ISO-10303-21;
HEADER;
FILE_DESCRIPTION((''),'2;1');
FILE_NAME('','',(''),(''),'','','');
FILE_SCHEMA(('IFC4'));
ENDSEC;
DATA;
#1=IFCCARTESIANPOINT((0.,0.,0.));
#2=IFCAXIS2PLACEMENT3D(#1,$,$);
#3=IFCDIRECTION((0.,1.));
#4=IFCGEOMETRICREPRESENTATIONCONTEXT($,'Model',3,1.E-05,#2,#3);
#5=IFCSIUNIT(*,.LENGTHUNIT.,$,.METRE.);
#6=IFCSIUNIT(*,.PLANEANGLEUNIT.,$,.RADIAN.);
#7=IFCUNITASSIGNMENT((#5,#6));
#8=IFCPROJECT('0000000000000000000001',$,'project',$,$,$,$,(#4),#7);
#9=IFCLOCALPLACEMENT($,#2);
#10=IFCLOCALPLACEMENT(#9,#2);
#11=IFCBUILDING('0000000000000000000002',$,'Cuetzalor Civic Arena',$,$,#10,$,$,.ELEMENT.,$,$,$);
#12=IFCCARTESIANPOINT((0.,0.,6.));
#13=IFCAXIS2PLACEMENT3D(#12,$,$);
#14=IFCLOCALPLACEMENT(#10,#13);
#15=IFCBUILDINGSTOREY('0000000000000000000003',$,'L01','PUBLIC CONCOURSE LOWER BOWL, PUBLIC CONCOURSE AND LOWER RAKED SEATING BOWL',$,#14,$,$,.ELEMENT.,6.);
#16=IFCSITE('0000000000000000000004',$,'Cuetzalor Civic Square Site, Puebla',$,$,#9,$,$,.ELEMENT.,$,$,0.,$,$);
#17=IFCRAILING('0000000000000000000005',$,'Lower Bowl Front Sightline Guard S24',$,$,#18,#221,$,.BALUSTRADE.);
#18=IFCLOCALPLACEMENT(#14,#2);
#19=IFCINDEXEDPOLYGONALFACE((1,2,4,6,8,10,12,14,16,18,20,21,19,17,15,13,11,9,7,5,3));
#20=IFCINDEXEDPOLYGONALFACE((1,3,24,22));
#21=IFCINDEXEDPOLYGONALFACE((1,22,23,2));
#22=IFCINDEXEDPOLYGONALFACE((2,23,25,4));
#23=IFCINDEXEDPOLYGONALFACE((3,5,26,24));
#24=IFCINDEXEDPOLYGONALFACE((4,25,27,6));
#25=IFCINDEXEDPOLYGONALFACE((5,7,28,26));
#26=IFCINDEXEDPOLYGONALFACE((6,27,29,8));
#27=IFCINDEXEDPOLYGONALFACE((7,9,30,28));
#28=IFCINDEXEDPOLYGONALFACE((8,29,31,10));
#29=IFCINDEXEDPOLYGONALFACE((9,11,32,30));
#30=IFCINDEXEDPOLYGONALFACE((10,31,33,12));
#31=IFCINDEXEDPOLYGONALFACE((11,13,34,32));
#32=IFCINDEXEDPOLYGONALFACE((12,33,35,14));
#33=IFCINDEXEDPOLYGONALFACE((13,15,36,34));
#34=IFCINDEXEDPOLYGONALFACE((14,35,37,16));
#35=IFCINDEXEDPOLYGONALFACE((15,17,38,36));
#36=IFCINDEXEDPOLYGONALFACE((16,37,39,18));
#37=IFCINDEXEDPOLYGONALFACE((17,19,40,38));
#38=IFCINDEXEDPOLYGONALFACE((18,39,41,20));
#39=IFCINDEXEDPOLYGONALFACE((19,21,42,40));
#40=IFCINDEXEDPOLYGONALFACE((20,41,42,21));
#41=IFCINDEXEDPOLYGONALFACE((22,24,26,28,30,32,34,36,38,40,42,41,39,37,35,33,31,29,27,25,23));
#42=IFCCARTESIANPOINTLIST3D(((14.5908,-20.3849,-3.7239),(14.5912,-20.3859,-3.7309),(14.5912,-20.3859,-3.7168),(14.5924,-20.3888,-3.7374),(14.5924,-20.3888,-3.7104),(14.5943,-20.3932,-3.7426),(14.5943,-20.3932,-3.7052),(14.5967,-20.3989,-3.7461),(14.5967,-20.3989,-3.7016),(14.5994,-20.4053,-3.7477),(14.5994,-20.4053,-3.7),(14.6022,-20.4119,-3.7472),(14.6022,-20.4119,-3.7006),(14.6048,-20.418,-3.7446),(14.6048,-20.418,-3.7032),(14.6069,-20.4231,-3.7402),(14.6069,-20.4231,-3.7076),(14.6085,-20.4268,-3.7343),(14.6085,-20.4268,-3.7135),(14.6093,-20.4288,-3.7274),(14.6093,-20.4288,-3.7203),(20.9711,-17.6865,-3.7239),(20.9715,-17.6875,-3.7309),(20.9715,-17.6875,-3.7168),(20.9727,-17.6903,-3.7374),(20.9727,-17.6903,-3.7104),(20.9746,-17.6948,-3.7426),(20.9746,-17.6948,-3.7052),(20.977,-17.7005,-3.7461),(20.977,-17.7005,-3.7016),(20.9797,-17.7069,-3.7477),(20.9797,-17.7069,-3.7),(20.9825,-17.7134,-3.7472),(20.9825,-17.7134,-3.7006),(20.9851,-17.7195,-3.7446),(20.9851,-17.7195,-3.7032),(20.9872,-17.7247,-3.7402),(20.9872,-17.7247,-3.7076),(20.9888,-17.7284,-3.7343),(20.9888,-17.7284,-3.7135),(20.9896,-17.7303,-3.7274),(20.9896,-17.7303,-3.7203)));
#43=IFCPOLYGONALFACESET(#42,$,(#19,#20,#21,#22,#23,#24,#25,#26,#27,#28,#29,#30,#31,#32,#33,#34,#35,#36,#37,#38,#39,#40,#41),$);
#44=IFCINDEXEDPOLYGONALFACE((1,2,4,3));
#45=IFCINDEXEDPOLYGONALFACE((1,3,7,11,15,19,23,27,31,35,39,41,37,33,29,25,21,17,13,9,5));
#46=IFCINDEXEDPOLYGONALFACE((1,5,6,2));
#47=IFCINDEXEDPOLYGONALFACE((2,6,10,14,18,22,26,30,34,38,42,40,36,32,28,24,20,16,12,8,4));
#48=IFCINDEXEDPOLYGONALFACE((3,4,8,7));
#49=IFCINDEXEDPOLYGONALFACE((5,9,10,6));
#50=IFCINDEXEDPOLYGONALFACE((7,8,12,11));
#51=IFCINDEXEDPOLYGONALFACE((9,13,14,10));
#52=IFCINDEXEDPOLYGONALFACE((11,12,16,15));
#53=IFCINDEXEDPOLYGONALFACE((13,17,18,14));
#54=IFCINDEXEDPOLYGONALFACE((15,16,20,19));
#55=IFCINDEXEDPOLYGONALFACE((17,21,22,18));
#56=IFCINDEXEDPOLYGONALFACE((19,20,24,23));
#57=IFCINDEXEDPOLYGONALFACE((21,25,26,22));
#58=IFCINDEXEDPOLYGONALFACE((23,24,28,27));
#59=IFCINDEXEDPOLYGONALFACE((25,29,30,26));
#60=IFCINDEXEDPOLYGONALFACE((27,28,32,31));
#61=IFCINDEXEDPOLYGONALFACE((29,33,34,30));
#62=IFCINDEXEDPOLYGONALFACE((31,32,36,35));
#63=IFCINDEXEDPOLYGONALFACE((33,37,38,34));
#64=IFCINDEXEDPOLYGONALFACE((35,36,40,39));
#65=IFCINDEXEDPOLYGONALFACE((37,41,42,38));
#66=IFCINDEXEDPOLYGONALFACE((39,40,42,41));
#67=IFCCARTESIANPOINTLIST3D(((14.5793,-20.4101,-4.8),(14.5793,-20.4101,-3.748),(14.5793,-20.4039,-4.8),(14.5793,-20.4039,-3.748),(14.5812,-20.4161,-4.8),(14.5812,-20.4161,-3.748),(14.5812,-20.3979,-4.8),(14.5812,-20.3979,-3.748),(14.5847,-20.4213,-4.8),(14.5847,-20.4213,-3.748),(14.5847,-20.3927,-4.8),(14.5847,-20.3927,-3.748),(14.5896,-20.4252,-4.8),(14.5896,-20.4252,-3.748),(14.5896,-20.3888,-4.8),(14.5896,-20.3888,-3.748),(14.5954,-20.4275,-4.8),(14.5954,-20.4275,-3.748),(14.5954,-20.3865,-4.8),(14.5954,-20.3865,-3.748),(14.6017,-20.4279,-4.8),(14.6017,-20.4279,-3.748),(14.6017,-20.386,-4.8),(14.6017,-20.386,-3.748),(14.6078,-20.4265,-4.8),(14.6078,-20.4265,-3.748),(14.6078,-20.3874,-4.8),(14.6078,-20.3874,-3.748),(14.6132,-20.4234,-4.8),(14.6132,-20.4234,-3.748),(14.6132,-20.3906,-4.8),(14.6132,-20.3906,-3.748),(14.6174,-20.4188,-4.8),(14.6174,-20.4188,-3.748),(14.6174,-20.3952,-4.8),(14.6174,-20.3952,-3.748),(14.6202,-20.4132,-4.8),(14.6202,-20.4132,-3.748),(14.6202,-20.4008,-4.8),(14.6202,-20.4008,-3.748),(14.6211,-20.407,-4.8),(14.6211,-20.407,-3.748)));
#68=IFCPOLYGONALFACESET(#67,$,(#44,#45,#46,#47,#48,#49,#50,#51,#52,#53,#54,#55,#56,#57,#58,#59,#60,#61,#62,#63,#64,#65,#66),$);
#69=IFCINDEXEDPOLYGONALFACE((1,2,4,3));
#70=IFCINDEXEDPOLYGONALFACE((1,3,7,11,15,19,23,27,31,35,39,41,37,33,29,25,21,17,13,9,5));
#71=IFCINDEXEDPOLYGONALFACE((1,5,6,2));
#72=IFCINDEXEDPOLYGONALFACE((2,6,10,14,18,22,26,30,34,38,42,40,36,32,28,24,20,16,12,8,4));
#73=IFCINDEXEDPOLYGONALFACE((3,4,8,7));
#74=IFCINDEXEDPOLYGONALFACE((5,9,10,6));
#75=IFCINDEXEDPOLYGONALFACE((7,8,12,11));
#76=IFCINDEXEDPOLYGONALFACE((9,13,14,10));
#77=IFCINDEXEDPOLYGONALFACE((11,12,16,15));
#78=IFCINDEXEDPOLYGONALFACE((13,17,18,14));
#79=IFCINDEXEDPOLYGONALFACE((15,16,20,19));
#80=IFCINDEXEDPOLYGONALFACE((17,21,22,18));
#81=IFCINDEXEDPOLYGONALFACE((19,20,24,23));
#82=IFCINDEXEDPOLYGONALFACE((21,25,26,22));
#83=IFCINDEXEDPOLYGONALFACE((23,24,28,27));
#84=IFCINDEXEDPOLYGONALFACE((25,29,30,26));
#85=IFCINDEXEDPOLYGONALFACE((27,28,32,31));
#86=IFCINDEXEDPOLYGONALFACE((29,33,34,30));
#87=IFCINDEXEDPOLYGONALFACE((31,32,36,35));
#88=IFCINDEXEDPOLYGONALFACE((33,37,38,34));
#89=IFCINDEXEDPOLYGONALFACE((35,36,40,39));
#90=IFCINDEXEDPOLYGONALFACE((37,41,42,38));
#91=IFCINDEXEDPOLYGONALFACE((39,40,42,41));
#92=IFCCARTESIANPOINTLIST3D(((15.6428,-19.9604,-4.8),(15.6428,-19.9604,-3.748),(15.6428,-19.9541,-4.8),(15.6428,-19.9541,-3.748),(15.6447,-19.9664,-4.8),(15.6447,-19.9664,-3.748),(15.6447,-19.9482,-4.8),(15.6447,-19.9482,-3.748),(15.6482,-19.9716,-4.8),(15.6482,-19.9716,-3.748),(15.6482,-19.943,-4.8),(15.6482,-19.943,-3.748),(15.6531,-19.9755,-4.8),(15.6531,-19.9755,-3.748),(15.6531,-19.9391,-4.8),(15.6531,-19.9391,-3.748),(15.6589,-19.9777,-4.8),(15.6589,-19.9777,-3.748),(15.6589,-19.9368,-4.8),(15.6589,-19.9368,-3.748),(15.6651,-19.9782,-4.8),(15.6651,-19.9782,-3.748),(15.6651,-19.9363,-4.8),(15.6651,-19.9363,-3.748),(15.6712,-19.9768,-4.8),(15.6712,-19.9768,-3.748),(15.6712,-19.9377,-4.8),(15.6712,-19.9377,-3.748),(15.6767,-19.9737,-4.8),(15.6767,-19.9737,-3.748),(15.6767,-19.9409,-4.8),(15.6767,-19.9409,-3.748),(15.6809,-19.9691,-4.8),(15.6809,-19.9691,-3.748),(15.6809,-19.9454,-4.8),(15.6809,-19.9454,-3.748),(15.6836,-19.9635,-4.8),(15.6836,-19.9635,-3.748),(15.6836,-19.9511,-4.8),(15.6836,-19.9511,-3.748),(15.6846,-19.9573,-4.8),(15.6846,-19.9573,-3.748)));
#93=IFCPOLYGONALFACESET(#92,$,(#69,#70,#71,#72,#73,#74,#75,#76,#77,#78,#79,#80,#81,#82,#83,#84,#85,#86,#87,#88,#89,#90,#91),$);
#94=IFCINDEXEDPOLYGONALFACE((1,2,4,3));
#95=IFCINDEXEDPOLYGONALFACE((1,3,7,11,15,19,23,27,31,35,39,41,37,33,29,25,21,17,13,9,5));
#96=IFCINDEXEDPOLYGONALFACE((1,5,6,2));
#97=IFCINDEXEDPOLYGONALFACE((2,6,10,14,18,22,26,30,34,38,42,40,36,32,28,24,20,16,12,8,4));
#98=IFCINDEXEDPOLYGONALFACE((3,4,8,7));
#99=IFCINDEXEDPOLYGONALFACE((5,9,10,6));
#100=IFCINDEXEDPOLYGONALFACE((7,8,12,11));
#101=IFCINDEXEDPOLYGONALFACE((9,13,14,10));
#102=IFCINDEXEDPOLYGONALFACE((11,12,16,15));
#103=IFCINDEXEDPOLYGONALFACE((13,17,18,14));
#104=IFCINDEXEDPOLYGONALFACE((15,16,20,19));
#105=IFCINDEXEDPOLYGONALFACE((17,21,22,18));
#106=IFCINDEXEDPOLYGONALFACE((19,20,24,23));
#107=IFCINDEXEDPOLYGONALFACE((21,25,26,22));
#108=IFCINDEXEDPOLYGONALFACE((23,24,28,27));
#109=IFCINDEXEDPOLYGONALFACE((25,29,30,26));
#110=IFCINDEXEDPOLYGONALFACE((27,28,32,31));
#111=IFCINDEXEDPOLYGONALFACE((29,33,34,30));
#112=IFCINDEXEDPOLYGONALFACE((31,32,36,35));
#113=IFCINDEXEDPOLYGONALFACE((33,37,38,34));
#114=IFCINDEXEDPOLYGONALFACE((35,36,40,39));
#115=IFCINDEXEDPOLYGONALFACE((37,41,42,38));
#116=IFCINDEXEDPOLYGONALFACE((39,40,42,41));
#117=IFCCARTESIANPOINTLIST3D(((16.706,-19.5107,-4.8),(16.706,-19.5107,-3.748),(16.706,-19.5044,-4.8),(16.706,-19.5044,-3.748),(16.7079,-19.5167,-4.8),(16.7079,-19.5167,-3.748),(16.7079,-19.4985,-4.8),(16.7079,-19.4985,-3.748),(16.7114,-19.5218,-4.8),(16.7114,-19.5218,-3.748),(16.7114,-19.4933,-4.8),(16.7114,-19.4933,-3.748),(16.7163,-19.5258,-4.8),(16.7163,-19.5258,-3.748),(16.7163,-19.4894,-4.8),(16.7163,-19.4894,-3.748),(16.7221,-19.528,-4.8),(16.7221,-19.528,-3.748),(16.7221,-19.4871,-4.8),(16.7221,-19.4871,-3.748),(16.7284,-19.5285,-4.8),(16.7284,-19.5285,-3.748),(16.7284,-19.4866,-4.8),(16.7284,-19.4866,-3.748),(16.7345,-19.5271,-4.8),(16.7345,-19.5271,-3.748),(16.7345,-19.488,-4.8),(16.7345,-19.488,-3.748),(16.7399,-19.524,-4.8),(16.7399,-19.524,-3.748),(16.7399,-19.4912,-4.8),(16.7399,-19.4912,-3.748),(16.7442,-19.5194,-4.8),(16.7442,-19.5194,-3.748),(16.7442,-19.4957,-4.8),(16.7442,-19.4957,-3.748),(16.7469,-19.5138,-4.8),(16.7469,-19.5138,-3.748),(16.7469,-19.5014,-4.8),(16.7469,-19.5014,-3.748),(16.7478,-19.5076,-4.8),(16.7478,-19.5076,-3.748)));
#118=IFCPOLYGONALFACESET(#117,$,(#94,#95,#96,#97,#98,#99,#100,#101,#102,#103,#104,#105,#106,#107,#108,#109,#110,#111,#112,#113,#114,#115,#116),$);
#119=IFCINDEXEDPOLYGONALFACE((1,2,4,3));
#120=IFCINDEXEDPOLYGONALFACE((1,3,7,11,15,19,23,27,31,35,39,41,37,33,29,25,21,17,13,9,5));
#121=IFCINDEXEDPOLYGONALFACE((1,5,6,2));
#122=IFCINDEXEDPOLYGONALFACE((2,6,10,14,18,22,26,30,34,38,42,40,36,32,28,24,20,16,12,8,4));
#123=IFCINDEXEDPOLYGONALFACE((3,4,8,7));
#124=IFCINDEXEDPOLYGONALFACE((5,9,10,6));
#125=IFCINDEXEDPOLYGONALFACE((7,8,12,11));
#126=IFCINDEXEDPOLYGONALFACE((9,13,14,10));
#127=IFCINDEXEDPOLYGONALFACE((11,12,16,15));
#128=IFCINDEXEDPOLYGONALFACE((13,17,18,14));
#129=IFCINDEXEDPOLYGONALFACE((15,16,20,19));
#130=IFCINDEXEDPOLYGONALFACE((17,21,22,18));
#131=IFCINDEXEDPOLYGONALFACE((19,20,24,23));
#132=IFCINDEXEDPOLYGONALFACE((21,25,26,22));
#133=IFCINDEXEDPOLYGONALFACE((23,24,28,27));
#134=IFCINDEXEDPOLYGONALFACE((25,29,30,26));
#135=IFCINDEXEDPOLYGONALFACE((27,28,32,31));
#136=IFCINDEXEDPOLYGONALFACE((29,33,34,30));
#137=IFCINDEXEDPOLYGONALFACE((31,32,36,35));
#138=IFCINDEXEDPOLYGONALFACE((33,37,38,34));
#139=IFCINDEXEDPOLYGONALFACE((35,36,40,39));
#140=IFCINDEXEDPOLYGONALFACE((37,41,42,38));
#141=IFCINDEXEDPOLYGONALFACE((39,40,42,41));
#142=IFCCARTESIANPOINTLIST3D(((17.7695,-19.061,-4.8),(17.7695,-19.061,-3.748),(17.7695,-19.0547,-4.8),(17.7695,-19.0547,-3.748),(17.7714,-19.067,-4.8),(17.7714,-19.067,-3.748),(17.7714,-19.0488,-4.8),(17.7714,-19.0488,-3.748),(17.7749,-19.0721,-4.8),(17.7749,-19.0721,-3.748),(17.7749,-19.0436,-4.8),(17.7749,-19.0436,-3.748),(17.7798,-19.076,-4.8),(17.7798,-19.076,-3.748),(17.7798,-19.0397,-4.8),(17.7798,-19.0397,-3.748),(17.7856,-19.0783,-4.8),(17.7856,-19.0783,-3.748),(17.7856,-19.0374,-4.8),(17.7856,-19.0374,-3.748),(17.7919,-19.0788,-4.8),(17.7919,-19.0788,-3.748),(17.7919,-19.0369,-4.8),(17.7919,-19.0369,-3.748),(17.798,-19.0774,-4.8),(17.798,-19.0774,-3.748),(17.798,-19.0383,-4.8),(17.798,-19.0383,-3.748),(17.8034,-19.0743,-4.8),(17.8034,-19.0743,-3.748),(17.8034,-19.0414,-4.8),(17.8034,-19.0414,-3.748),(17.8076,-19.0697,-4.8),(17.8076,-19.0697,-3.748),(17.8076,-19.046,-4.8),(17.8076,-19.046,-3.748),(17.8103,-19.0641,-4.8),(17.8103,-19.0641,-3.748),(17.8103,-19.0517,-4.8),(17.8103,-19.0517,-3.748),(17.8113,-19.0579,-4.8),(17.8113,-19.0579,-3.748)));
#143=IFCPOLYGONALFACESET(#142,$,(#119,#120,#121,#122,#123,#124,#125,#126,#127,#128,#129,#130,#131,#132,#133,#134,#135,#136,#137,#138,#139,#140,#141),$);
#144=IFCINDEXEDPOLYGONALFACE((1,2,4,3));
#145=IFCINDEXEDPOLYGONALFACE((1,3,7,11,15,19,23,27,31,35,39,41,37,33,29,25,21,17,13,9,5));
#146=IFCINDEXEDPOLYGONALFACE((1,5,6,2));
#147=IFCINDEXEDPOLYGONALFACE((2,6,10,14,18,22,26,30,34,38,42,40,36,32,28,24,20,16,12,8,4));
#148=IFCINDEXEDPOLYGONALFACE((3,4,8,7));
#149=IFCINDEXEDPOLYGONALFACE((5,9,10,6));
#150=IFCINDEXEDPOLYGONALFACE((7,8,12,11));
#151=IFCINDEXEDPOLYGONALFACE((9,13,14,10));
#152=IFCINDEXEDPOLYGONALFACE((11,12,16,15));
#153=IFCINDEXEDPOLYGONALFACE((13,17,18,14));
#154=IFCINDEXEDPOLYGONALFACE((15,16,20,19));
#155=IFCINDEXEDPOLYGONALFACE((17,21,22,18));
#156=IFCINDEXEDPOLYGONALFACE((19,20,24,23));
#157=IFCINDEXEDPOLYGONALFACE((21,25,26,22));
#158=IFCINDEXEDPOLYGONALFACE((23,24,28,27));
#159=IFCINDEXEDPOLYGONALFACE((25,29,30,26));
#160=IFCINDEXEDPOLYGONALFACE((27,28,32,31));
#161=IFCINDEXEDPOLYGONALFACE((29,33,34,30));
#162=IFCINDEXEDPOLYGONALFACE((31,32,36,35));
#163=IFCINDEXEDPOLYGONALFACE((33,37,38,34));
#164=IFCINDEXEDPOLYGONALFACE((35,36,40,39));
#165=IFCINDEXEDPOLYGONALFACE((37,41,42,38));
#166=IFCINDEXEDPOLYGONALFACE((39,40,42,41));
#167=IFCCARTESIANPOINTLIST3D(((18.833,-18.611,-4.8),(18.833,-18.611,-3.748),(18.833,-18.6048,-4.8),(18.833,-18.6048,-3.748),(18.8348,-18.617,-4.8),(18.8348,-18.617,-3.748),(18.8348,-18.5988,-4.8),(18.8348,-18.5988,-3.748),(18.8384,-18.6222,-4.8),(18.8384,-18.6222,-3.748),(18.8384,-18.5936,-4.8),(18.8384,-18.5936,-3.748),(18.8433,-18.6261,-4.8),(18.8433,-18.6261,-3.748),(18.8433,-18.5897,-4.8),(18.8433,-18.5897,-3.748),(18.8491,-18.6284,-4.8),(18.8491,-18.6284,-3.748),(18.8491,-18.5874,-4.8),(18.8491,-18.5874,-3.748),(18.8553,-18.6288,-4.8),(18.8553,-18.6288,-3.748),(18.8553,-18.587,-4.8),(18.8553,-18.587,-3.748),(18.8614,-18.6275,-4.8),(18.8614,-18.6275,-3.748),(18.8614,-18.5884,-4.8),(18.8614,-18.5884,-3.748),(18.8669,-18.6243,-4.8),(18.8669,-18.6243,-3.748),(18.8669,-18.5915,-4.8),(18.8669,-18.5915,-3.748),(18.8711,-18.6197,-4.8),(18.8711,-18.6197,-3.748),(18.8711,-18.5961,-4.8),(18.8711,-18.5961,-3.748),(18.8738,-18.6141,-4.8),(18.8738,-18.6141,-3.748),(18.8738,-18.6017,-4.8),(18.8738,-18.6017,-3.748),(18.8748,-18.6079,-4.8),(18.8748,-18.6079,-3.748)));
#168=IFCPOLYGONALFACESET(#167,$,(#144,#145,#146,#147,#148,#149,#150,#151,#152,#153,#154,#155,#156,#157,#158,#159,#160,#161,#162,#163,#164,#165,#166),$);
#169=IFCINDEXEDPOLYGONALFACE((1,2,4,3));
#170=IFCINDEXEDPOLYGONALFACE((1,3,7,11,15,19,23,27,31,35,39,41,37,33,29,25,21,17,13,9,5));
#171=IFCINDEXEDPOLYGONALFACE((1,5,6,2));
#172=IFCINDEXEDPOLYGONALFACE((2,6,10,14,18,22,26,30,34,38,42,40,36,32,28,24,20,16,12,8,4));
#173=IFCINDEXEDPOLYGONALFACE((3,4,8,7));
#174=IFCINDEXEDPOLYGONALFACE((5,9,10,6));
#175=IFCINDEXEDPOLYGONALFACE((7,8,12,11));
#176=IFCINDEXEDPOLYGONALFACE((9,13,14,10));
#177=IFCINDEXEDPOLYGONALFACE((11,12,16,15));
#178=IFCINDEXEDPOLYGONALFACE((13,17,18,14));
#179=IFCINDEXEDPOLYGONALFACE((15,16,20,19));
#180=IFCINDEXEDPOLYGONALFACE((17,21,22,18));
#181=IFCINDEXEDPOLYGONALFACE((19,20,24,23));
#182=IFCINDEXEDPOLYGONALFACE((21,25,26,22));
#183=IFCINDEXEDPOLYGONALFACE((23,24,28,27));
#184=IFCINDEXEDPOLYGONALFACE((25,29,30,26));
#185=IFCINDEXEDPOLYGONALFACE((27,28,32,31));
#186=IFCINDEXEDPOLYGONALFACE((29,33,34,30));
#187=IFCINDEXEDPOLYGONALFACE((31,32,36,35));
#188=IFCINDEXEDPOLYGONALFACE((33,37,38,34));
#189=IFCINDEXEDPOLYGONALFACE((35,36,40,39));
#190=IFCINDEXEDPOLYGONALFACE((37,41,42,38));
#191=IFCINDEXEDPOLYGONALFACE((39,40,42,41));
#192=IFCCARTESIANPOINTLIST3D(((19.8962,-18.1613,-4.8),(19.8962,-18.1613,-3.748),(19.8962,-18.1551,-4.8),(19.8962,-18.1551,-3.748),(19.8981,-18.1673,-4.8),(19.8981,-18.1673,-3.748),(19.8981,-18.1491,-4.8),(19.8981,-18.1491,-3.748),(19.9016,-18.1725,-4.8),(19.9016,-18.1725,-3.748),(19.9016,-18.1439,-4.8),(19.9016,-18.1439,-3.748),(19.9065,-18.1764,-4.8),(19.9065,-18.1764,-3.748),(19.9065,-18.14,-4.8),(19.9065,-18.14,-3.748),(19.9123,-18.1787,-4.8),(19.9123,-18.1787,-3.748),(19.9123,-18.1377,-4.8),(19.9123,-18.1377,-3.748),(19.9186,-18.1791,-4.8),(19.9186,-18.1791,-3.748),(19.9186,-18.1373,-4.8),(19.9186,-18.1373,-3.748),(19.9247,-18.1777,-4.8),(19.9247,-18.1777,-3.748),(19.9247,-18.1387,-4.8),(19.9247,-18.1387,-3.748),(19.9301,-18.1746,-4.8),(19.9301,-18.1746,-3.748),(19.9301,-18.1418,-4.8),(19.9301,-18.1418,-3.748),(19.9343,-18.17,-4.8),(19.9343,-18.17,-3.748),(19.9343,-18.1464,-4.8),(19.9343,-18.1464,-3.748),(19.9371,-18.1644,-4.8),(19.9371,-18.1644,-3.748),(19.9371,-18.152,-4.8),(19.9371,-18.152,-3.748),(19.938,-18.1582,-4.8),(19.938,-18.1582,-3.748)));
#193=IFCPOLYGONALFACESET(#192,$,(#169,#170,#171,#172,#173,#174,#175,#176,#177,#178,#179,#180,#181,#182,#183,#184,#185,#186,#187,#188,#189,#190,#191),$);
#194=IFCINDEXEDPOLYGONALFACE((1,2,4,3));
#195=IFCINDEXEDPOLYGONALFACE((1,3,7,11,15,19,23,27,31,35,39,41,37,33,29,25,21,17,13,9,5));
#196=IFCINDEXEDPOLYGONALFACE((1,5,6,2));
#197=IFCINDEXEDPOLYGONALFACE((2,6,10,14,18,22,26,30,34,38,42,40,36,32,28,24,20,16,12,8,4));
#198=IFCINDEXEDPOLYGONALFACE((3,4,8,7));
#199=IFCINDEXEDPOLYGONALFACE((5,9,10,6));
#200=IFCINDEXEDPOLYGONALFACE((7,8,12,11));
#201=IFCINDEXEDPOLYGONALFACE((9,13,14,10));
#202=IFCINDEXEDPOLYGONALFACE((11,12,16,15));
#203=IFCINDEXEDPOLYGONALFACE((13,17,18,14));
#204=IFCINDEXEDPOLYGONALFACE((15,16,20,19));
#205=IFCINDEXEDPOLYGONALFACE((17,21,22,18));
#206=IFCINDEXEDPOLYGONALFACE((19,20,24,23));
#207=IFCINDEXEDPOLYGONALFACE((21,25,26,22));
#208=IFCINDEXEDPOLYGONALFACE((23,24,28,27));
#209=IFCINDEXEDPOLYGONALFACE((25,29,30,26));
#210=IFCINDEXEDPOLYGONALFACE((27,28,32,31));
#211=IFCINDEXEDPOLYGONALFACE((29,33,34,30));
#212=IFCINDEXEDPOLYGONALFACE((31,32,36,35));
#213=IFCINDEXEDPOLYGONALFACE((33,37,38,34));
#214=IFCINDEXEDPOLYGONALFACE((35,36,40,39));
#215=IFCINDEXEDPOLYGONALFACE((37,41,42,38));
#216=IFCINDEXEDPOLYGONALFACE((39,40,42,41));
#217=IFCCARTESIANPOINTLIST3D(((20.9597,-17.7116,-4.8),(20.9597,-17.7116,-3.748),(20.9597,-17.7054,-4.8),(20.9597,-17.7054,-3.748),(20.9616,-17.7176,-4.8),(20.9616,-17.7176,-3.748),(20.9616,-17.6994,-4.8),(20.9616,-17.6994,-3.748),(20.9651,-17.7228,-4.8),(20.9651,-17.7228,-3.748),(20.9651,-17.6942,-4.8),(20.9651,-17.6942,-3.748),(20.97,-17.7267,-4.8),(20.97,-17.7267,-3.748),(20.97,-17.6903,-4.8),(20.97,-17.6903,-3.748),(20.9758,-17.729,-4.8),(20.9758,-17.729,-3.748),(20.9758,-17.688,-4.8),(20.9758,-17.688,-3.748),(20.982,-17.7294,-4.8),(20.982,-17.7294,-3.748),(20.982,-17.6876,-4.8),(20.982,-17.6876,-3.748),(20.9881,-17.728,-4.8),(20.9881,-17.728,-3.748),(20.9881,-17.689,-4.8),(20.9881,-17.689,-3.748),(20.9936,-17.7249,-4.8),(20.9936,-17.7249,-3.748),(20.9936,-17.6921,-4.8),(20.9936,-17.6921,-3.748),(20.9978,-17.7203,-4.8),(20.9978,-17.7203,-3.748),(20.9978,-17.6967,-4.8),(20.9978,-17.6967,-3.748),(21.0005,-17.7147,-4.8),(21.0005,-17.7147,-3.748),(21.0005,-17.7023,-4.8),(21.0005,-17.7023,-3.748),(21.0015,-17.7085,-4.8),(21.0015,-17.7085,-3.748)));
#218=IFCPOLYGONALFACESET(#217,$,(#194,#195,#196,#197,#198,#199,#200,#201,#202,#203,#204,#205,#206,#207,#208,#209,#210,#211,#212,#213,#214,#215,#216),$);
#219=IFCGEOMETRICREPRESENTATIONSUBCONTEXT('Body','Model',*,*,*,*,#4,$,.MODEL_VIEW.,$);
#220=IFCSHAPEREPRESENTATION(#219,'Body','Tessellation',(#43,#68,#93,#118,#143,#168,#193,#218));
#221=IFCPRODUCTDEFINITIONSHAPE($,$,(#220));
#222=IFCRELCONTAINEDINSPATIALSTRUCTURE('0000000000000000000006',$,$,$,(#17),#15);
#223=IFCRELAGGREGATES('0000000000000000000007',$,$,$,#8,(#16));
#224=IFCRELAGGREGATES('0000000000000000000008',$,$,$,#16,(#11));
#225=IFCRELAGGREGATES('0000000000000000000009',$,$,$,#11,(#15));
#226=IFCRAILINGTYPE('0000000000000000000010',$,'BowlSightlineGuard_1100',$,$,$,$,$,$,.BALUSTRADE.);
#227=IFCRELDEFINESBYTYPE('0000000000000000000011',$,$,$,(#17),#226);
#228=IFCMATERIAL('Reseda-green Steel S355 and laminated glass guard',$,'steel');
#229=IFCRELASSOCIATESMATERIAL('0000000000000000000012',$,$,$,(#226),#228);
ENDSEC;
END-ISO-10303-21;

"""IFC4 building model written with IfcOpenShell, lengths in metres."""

from ifc_helpers import new_model, si_unit, direction, frame, origin, origin_2d, place, context, subcontext, project, spatial, circle, extrude, material, type_object, element, save


model = new_model("IFC4")

# Units and contexts
model_context = context("Model", 3, precision=1e-05, world=origin(), true_north=direction((0.0, 1.0)))
body_context = subcontext(model_context, "Body", "Model", "MODEL_VIEW")
ifc_project = project(units=[si_unit("LENGTHUNIT", "METRE"), si_unit("PLANEANGLEUNIT", "RADIAN")], contexts=[model_context])

# Site, building, storey
site_placement = place(None, origin())
site = spatial("IfcSite", under=ifc_project, at=site_placement, Name="Cuetzalor Civic Square Site, Puebla", CompositionType="ELEMENT", RefElevation=0.0)
building_placement = place(site_placement, origin())
building = spatial("IfcBuilding", under=site, at=building_placement, Name="Cuetzalor Civic Arena", CompositionType="ELEMENT")
storey_placement = place(building_placement, frame((0.0, 0.0, 6.0)))
storey = spatial("IfcBuildingStorey", under=building, at=storey_placement, Name="L01", Description="PUBLIC CONCOURSE LOWER BOWL, PUBLIC CONCOURSE AND LOWER RAKED SEATING BOWL", CompositionType="ELEMENT", Elevation=6.0)

# Railing
ifc_material_1 = material(Name="Reseda-green Steel S355 and laminated glass guard", Category="steel")
railing_type_1 = type_object("IfcRailingType", Name="BowlSightlineGuard_1100", PredefinedType="BALUSTRADE", material=ifc_material_1)
railing_1_placement = place(storey_placement, frame((14.6001, -20.407, -4.8)))
element("IfcRailing", 1, at=railing_1_placement, inside=storey, type_object=railing_type_1, Name="Lower Bowl Front Sightline Guard S24", PredefinedType="BALUSTRADE", context=body_context, shape_type="SweptSolid", body=[
    extrude(circle(Radius=0.0239, at=origin_2d()), frame((0.0, 0.0, 1.0762), z_axis=(0.921014, 0.38953, 0.0), x_axis=(-0.38953, 0.921014, 0.0)), (0.0, 0.0, 1.0), 6.9275),
    extrude(circle(Radius=0.021, at=origin_2d()), origin(), (0.0, 0.0, 1.0), 1.052),
    extrude(circle(Radius=0.021, at=origin_2d()), frame((1.0635, 0.4497, 0.0)), (0.0, 0.0, 1.0), 1.052),
    extrude(circle(Radius=0.021, at=origin_2d()), frame((2.1267, 0.8994, 0.0)), (0.0, 0.0, 1.0), 1.052),
    extrude(circle(Radius=0.021, at=origin_2d()), frame((3.1902, 1.3491, 0.0)), (0.0, 0.0, 1.0), 1.052),
    extrude(circle(Radius=0.021, at=origin_2d()), frame((4.2537, 1.7991, 0.0)), (0.0, 0.0, 1.0), 1.052),
    extrude(circle(Radius=0.021, at=origin_2d()), frame((5.3169, 2.2488, 0.0)), (0.0, 0.0, 1.0), 1.052),
    extrude(circle(Radius=0.021, at=origin_2d()), frame((6.3804, 2.6985, 0.0)), (0.0, 0.0, 1.0), 1.052),
])

save(model, "model.ifc")
